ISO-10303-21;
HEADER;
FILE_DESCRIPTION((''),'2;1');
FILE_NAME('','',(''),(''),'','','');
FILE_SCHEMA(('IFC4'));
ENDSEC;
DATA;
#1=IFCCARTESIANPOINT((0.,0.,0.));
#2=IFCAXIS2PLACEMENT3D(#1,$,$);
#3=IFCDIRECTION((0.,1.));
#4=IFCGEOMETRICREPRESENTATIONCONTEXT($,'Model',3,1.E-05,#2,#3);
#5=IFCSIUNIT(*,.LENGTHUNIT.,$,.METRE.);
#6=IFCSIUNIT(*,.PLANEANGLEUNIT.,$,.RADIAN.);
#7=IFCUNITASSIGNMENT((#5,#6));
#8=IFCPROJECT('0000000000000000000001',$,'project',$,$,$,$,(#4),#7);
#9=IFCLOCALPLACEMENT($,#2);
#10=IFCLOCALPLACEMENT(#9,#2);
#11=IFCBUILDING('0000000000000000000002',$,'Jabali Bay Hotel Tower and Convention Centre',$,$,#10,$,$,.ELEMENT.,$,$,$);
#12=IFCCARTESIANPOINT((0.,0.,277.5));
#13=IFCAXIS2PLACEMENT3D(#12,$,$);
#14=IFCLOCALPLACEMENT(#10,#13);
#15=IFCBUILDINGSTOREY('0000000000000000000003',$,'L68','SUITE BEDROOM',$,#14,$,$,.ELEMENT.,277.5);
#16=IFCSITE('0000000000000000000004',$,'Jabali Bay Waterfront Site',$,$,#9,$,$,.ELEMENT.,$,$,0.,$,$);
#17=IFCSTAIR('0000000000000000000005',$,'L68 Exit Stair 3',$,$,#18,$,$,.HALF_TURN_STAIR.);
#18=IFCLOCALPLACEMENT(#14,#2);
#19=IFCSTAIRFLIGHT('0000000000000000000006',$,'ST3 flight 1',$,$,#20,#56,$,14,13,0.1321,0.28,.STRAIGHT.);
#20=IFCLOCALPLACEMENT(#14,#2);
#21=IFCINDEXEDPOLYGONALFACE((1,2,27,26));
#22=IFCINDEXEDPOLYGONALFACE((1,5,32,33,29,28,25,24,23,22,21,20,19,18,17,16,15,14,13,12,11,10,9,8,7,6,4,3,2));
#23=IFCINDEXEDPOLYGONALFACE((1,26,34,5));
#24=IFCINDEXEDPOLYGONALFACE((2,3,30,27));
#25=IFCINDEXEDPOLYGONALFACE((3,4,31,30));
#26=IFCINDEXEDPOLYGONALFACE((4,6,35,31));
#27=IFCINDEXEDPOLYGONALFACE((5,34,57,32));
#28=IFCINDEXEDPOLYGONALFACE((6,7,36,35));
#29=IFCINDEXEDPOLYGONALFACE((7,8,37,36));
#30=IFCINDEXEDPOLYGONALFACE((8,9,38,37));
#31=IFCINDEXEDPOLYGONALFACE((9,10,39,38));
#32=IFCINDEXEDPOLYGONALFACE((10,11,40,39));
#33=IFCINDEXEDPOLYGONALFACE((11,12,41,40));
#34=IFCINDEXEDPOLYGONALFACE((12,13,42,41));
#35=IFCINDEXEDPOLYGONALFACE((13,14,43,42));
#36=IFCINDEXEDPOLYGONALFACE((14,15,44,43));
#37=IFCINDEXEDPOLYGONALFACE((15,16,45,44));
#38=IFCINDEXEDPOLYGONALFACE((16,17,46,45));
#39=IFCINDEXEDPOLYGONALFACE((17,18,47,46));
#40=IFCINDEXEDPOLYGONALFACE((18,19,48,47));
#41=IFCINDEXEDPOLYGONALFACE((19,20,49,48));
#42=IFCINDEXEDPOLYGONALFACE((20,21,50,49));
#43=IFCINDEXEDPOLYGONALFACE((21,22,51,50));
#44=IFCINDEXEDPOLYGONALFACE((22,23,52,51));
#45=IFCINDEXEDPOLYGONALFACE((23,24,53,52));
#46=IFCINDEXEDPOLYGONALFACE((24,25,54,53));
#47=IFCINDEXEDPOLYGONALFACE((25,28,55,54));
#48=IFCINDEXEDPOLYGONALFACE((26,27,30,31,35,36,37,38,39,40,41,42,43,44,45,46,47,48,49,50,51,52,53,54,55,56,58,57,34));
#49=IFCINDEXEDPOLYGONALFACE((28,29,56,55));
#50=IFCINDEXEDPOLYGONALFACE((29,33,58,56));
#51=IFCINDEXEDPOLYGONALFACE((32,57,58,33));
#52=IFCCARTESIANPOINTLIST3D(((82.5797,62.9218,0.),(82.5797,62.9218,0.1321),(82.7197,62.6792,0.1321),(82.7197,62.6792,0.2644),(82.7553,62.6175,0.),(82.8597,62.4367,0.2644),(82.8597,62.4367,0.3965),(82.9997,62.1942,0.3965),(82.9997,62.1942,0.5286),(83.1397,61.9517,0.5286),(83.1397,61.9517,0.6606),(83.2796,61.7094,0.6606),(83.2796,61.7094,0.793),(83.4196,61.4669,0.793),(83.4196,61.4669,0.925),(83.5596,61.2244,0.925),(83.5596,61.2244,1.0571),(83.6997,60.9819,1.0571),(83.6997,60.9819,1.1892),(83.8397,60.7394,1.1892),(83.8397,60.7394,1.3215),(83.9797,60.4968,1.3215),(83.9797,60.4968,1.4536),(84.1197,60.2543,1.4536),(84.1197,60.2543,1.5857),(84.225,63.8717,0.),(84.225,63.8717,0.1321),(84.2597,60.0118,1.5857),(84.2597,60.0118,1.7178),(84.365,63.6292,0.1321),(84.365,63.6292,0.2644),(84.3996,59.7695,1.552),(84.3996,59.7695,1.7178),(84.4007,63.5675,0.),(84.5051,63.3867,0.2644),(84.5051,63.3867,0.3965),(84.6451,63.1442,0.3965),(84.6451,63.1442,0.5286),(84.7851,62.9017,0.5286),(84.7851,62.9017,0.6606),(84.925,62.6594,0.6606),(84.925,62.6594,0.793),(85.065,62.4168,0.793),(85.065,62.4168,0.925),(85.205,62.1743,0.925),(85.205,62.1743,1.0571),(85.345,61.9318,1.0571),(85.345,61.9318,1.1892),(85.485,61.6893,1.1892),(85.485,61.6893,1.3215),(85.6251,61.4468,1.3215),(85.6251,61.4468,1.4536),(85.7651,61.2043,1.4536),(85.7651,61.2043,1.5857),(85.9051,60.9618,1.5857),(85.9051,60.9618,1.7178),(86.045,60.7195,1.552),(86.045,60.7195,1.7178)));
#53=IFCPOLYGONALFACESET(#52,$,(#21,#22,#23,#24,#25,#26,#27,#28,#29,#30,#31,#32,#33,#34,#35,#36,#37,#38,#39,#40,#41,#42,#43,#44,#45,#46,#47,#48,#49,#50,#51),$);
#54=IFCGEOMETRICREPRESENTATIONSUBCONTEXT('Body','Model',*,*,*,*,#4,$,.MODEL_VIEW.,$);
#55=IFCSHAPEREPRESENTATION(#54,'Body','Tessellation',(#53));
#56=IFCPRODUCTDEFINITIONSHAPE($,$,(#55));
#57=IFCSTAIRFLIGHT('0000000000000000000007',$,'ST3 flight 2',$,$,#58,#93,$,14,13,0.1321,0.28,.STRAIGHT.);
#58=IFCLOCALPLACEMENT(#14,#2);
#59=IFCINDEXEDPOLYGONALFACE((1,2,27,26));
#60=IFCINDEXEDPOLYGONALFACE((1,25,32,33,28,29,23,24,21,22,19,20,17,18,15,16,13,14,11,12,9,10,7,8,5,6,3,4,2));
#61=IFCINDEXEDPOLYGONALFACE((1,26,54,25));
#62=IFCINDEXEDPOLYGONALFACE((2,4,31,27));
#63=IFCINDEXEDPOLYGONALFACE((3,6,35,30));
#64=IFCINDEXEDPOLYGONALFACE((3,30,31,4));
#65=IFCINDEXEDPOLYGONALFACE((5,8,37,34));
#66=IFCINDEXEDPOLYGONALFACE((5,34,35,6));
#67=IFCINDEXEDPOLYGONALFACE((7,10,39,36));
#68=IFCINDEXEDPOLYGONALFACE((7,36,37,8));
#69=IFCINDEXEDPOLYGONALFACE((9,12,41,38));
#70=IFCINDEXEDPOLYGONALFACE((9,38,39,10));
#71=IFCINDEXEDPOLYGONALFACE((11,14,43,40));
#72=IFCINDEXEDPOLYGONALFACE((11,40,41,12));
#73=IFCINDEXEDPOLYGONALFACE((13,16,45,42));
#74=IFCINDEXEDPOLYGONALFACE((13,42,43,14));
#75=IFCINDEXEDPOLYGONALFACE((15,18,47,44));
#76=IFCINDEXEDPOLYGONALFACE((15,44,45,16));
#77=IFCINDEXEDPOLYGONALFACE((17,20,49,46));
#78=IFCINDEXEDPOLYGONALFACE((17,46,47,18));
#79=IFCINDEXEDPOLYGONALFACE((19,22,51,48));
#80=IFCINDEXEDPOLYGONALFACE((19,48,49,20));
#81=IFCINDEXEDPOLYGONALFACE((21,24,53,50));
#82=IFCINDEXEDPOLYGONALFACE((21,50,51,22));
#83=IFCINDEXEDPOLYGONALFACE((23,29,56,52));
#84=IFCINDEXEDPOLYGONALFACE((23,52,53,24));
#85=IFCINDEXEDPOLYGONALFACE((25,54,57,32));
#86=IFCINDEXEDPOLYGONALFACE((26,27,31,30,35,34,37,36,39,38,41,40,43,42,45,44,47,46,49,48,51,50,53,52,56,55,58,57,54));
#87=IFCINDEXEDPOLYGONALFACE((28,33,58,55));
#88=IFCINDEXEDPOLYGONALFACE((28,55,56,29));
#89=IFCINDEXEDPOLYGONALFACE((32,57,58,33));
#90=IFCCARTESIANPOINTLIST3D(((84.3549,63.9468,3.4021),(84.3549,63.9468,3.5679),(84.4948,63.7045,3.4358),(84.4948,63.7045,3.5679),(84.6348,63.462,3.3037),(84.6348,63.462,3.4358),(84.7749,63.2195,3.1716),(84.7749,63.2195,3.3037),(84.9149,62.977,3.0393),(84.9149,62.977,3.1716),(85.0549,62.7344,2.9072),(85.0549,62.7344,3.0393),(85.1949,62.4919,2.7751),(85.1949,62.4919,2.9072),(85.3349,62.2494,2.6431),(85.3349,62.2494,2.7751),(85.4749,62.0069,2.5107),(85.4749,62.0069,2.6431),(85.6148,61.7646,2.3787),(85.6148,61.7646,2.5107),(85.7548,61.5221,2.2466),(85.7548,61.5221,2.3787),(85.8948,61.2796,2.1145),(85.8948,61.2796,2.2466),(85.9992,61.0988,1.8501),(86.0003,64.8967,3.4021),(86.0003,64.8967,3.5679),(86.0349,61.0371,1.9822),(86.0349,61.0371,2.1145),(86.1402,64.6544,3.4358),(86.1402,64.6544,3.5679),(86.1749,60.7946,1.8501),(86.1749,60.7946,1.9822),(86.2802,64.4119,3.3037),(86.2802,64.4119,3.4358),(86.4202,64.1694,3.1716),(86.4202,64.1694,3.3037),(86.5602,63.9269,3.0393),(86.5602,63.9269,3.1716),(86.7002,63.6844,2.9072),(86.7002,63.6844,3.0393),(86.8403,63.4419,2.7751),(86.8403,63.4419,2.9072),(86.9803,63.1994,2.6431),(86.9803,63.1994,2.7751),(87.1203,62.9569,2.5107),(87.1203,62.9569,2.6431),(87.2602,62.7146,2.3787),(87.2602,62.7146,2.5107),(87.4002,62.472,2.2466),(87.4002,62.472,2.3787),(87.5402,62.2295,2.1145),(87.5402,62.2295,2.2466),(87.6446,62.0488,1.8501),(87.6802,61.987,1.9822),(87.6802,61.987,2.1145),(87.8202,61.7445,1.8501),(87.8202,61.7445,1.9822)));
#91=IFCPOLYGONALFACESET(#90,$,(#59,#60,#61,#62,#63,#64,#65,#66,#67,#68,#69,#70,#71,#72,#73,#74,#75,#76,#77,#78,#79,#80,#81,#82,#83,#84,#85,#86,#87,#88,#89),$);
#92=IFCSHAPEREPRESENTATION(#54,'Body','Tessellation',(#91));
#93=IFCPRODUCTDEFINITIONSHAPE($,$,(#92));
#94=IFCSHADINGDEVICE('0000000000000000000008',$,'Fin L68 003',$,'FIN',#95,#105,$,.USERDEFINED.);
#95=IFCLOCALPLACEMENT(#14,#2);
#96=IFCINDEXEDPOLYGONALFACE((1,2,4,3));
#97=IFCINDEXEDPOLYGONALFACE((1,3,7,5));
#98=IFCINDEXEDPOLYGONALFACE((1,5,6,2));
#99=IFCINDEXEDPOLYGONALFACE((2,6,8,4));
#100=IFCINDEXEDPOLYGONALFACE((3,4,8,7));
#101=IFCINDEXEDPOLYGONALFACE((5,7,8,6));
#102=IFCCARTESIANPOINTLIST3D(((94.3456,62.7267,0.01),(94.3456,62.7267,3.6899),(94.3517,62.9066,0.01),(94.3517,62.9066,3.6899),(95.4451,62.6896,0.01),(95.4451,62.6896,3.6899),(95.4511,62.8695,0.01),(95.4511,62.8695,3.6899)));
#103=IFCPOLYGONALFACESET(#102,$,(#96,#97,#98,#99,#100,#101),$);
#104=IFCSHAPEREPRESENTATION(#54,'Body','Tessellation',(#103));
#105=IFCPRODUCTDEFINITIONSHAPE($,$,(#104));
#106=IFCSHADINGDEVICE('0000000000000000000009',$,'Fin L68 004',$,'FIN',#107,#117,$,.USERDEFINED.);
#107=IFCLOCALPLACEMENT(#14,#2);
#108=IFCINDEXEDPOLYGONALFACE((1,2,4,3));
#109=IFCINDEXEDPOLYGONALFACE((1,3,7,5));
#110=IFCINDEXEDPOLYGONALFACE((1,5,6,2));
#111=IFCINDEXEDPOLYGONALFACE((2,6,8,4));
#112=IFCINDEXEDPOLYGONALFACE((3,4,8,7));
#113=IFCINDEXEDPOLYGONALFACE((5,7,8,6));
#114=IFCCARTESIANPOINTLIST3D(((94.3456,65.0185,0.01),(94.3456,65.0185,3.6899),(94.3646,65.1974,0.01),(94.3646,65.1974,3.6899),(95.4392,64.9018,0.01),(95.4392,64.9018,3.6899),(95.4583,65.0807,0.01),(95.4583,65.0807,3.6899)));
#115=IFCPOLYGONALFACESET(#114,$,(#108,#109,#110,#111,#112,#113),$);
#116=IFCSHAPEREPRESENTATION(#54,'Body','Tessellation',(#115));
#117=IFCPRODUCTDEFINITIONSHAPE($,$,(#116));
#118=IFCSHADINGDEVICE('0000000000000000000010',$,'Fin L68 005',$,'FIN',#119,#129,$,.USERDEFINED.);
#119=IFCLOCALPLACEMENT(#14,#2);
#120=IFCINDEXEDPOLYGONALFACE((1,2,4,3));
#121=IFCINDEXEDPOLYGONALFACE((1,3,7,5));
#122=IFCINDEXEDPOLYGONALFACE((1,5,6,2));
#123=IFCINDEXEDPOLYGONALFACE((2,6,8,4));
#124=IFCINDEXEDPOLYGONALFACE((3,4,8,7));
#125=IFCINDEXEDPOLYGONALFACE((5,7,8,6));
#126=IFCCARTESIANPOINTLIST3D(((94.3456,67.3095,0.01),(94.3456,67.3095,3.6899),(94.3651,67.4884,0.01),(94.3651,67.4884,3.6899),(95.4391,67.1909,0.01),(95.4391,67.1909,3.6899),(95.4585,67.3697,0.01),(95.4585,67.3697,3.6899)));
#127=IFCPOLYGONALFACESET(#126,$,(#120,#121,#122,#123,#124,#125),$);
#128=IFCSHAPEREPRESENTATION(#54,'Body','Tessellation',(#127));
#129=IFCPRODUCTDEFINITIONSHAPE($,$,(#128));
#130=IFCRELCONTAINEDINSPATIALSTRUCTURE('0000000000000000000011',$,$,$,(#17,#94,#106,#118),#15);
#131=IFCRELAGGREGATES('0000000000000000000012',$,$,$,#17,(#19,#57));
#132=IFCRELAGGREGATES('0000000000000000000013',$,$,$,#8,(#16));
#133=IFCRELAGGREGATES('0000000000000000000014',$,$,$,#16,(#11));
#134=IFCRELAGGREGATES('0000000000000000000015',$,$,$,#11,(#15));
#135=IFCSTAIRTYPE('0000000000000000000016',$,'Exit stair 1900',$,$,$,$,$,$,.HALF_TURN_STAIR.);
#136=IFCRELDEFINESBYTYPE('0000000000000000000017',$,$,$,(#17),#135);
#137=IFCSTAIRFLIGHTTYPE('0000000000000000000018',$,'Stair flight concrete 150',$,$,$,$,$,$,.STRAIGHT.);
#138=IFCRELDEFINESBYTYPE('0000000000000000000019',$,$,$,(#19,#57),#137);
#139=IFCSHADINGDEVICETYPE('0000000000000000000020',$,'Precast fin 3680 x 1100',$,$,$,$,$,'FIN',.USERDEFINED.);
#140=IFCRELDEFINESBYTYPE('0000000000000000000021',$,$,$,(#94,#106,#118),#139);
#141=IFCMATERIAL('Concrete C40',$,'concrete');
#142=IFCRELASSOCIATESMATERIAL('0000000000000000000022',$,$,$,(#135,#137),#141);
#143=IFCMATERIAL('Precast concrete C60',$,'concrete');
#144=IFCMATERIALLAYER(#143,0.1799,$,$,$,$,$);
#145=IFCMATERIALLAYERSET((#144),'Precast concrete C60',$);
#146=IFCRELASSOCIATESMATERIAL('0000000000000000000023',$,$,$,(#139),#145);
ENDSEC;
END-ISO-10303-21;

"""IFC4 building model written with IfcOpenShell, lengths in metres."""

from ifc_helpers import new_model, si_unit, direction, frame, frame_2d, origin, place, context, subcontext, project, spatial, polyline, rectangle, outline, extrude, material, layer, layer_set, type_object, element, aggregate, save


model = new_model("IFC4")

# Units and contexts
model_context = context("Model", 3, precision=1e-05, world=origin(), true_north=direction((0.0, 1.0)))
body_context = subcontext(model_context, "Body", "Model", "MODEL_VIEW")
ifc_project = project(units=[si_unit("LENGTHUNIT", "METRE"), si_unit("PLANEANGLEUNIT", "RADIAN")], contexts=[model_context])

# Site, building, storey
site_placement = place(None, origin())
site = spatial("IfcSite", under=ifc_project, at=site_placement, Name="Jabali Bay Waterfront Site", CompositionType="ELEMENT", RefElevation=0.0)
building_placement = place(site_placement, origin())
building = spatial("IfcBuilding", under=site, at=building_placement, Name="Jabali Bay Hotel Tower and Convention Centre", CompositionType="ELEMENT")
storey_placement = place(building_placement, frame((0.0, 0.0, 277.5)))
storey = spatial("IfcBuildingStorey", under=building, at=storey_placement, Name="L68", Description="SUITE BEDROOM", CompositionType="ELEMENT", Elevation=277.5)

# Shared definitions
ifc_material_1 = material(Name="Concrete C40", Category="concrete")

# Stair, stair flights
stair_type = type_object("IfcStairType", Name="Exit stair 1900", PredefinedType="HALF_TURN_STAIR", material=ifc_material_1)
stair_placement = place(storey_placement, origin())
stair = element("IfcStair", 1, at=stair_placement, inside=storey, type_object=stair_type, Name="L68 Exit Stair 3", PredefinedType="HALF_TURN_STAIR")
stair_flight_type = type_object("IfcStairFlightType", Name="Stair flight concrete 150", PredefinedType="STRAIGHT", material=ifc_material_1)
stair_flight_1_placement = place(storey_placement, frame((83.4023, 63.3967, 0.0), z_axis=(0.0, 0.0, 1.0), x_axis=(0.5, -0.866025, 0.0)))
stair_flight_1 = element("IfcStairFlight", 2, at=stair_flight_1_placement, type_object=stair_flight_type, Name="ST3 flight 1", NumberOfRisers=14, NumberOfTreads=13, PredefinedType="STRAIGHT", RiserHeight=0.1321, TreadLength=0.28, context=body_context, shape_type="SweptSolid", body=[
    extrude(outline(polyline([(0.0, 0.0), (0.0, 0.1321), (0.28, 0.1321), (0.28, 0.2644), (0.5601, 0.2644), (0.5601, 0.3965), (0.8401, 0.3965), (0.8401, 0.5286), (1.1201, 0.5286), (1.1201, 0.6606), (1.3999, 0.6606), (1.3999, 0.793), (1.6799, 0.793), (1.6799, 0.925), (1.96, 0.925), (1.96, 1.0571), (2.24, 1.0571), (2.24, 1.1892), (2.52, 1.1892), (2.52, 1.3215), (2.8, 1.3215), (2.8, 1.4536), (3.0801, 1.4536), (3.0801, 1.5857), (3.3601, 1.5857), (3.3601, 1.7178), (3.6399, 1.7178), (3.6399, 1.8501), (3.6399, 1.552), (0.3513, 0.0), (0.0, 0.0)])), frame((0.0, 0.95, 0.0), z_axis=(0.0, -1.0, 0.0), x_axis=(1.0, 0.0, 0.0)), (0.0, 0.0, 1.0), 1.8999),
])
stair_flight_2_placement = place(storey_placement, frame((86.9976, 61.2695, 1.8501), z_axis=(0.0, 0.0, 1.0), x_axis=(-0.5, 0.866025, 0.0)))
stair_flight_2 = element("IfcStairFlight", 3, at=stair_flight_2_placement, type_object=stair_flight_type, Name="ST3 flight 2", NumberOfRisers=14, NumberOfTreads=13, PredefinedType="STRAIGHT", RiserHeight=0.1321, TreadLength=0.28, context=body_context, shape_type="SweptSolid", body=[
    extrude(outline(polyline([(0.0, 0.0), (0.0, 0.1321), (0.28, 0.1321), (0.28, 0.2644), (0.5601, 0.2644), (0.5601, 0.3965), (0.8401, 0.3965), (0.8401, 0.5286), (1.1201, 0.5286), (1.1201, 0.6606), (1.3999, 0.6606), (1.3999, 0.793), (1.6799, 0.793), (1.6799, 0.925), (1.96, 0.925), (1.96, 1.0571), (2.24, 1.0571), (2.24, 1.1892), (2.52, 1.1892), (2.52, 1.3215), (2.8, 1.3215), (2.8, 1.4536), (3.0801, 1.4536), (3.0801, 1.5857), (3.3601, 1.5857), (3.3601, 1.7178), (3.6399, 1.7178), (3.6399, 1.8501), (3.6399, 1.552), (0.3513, 0.0), (0.0, 0.0)])), frame((0.0, 0.95, 0.0), z_axis=(0.0, -1.0, 0.0), x_axis=(1.0, 0.0, 0.0)), (0.0, 0.0, 1.0), 1.8999),
])
aggregate(stair, [stair_flight_1, stair_flight_2])

# Shading devices
ifc_material_2 = material(Name="Precast concrete C60", Category="concrete")
ifc_layer_1 = layer(ifc_material_2, 0.1799)
ifc_layer_set_1 = layer_set([ifc_layer_1], Name="Precast concrete C60")
shading_device_type = type_object("IfcShadingDeviceType", Name="Precast fin 3680 x 1100", ElementType="FIN", PredefinedType="USERDEFINED", material=ifc_layer_set_1)
shading_device_placement = place(storey_placement, frame((94.3486, 62.8167, 0.01), z_axis=(0.0, 0.0, 1.0), x_axis=(0.999431, -0.033736, 0.0)))
element("IfcShadingDevice", 4, at=shading_device_placement, inside=storey, type_object=shading_device_type, Name="Fin L68 003", ObjectType="FIN", PredefinedType="USERDEFINED", context=body_context, shape_type="SweptSolid", body=[
    extrude(rectangle(XDim=1.1001, YDim=0.1799, at=frame_2d((0.55, 0.0))), origin(), (0.0, 0.0, 1.0), 3.6799),
])
for number, where, z_axis, x_axis, name in (
    (5, (94.3552, 65.1079, 0.01), (0.0, 0.0, 1.0), (0.994356, -0.106094, 0.0), "Fin L68 004"),
    (6, (94.3555, 67.3989, 0.01), (0.0, 0.0, 1.0), (0.994165, -0.107873, 0.0), "Fin L68 005"),
):
    element("IfcShadingDevice", number, at=place(storey_placement, frame(where, z_axis=z_axis, x_axis=x_axis)), inside=storey, type_object=shading_device_type, Name=name, ObjectType="FIN", PredefinedType="USERDEFINED", context=body_context, shape_type="SweptSolid", body=[
        extrude(rectangle(XDim=1.0999, YDim=0.1799, at=frame_2d((0.5498, 0.0))), origin(), (0.0, 0.0, 1.0), 3.6799),
    ])

save(model, "model.ifc")
